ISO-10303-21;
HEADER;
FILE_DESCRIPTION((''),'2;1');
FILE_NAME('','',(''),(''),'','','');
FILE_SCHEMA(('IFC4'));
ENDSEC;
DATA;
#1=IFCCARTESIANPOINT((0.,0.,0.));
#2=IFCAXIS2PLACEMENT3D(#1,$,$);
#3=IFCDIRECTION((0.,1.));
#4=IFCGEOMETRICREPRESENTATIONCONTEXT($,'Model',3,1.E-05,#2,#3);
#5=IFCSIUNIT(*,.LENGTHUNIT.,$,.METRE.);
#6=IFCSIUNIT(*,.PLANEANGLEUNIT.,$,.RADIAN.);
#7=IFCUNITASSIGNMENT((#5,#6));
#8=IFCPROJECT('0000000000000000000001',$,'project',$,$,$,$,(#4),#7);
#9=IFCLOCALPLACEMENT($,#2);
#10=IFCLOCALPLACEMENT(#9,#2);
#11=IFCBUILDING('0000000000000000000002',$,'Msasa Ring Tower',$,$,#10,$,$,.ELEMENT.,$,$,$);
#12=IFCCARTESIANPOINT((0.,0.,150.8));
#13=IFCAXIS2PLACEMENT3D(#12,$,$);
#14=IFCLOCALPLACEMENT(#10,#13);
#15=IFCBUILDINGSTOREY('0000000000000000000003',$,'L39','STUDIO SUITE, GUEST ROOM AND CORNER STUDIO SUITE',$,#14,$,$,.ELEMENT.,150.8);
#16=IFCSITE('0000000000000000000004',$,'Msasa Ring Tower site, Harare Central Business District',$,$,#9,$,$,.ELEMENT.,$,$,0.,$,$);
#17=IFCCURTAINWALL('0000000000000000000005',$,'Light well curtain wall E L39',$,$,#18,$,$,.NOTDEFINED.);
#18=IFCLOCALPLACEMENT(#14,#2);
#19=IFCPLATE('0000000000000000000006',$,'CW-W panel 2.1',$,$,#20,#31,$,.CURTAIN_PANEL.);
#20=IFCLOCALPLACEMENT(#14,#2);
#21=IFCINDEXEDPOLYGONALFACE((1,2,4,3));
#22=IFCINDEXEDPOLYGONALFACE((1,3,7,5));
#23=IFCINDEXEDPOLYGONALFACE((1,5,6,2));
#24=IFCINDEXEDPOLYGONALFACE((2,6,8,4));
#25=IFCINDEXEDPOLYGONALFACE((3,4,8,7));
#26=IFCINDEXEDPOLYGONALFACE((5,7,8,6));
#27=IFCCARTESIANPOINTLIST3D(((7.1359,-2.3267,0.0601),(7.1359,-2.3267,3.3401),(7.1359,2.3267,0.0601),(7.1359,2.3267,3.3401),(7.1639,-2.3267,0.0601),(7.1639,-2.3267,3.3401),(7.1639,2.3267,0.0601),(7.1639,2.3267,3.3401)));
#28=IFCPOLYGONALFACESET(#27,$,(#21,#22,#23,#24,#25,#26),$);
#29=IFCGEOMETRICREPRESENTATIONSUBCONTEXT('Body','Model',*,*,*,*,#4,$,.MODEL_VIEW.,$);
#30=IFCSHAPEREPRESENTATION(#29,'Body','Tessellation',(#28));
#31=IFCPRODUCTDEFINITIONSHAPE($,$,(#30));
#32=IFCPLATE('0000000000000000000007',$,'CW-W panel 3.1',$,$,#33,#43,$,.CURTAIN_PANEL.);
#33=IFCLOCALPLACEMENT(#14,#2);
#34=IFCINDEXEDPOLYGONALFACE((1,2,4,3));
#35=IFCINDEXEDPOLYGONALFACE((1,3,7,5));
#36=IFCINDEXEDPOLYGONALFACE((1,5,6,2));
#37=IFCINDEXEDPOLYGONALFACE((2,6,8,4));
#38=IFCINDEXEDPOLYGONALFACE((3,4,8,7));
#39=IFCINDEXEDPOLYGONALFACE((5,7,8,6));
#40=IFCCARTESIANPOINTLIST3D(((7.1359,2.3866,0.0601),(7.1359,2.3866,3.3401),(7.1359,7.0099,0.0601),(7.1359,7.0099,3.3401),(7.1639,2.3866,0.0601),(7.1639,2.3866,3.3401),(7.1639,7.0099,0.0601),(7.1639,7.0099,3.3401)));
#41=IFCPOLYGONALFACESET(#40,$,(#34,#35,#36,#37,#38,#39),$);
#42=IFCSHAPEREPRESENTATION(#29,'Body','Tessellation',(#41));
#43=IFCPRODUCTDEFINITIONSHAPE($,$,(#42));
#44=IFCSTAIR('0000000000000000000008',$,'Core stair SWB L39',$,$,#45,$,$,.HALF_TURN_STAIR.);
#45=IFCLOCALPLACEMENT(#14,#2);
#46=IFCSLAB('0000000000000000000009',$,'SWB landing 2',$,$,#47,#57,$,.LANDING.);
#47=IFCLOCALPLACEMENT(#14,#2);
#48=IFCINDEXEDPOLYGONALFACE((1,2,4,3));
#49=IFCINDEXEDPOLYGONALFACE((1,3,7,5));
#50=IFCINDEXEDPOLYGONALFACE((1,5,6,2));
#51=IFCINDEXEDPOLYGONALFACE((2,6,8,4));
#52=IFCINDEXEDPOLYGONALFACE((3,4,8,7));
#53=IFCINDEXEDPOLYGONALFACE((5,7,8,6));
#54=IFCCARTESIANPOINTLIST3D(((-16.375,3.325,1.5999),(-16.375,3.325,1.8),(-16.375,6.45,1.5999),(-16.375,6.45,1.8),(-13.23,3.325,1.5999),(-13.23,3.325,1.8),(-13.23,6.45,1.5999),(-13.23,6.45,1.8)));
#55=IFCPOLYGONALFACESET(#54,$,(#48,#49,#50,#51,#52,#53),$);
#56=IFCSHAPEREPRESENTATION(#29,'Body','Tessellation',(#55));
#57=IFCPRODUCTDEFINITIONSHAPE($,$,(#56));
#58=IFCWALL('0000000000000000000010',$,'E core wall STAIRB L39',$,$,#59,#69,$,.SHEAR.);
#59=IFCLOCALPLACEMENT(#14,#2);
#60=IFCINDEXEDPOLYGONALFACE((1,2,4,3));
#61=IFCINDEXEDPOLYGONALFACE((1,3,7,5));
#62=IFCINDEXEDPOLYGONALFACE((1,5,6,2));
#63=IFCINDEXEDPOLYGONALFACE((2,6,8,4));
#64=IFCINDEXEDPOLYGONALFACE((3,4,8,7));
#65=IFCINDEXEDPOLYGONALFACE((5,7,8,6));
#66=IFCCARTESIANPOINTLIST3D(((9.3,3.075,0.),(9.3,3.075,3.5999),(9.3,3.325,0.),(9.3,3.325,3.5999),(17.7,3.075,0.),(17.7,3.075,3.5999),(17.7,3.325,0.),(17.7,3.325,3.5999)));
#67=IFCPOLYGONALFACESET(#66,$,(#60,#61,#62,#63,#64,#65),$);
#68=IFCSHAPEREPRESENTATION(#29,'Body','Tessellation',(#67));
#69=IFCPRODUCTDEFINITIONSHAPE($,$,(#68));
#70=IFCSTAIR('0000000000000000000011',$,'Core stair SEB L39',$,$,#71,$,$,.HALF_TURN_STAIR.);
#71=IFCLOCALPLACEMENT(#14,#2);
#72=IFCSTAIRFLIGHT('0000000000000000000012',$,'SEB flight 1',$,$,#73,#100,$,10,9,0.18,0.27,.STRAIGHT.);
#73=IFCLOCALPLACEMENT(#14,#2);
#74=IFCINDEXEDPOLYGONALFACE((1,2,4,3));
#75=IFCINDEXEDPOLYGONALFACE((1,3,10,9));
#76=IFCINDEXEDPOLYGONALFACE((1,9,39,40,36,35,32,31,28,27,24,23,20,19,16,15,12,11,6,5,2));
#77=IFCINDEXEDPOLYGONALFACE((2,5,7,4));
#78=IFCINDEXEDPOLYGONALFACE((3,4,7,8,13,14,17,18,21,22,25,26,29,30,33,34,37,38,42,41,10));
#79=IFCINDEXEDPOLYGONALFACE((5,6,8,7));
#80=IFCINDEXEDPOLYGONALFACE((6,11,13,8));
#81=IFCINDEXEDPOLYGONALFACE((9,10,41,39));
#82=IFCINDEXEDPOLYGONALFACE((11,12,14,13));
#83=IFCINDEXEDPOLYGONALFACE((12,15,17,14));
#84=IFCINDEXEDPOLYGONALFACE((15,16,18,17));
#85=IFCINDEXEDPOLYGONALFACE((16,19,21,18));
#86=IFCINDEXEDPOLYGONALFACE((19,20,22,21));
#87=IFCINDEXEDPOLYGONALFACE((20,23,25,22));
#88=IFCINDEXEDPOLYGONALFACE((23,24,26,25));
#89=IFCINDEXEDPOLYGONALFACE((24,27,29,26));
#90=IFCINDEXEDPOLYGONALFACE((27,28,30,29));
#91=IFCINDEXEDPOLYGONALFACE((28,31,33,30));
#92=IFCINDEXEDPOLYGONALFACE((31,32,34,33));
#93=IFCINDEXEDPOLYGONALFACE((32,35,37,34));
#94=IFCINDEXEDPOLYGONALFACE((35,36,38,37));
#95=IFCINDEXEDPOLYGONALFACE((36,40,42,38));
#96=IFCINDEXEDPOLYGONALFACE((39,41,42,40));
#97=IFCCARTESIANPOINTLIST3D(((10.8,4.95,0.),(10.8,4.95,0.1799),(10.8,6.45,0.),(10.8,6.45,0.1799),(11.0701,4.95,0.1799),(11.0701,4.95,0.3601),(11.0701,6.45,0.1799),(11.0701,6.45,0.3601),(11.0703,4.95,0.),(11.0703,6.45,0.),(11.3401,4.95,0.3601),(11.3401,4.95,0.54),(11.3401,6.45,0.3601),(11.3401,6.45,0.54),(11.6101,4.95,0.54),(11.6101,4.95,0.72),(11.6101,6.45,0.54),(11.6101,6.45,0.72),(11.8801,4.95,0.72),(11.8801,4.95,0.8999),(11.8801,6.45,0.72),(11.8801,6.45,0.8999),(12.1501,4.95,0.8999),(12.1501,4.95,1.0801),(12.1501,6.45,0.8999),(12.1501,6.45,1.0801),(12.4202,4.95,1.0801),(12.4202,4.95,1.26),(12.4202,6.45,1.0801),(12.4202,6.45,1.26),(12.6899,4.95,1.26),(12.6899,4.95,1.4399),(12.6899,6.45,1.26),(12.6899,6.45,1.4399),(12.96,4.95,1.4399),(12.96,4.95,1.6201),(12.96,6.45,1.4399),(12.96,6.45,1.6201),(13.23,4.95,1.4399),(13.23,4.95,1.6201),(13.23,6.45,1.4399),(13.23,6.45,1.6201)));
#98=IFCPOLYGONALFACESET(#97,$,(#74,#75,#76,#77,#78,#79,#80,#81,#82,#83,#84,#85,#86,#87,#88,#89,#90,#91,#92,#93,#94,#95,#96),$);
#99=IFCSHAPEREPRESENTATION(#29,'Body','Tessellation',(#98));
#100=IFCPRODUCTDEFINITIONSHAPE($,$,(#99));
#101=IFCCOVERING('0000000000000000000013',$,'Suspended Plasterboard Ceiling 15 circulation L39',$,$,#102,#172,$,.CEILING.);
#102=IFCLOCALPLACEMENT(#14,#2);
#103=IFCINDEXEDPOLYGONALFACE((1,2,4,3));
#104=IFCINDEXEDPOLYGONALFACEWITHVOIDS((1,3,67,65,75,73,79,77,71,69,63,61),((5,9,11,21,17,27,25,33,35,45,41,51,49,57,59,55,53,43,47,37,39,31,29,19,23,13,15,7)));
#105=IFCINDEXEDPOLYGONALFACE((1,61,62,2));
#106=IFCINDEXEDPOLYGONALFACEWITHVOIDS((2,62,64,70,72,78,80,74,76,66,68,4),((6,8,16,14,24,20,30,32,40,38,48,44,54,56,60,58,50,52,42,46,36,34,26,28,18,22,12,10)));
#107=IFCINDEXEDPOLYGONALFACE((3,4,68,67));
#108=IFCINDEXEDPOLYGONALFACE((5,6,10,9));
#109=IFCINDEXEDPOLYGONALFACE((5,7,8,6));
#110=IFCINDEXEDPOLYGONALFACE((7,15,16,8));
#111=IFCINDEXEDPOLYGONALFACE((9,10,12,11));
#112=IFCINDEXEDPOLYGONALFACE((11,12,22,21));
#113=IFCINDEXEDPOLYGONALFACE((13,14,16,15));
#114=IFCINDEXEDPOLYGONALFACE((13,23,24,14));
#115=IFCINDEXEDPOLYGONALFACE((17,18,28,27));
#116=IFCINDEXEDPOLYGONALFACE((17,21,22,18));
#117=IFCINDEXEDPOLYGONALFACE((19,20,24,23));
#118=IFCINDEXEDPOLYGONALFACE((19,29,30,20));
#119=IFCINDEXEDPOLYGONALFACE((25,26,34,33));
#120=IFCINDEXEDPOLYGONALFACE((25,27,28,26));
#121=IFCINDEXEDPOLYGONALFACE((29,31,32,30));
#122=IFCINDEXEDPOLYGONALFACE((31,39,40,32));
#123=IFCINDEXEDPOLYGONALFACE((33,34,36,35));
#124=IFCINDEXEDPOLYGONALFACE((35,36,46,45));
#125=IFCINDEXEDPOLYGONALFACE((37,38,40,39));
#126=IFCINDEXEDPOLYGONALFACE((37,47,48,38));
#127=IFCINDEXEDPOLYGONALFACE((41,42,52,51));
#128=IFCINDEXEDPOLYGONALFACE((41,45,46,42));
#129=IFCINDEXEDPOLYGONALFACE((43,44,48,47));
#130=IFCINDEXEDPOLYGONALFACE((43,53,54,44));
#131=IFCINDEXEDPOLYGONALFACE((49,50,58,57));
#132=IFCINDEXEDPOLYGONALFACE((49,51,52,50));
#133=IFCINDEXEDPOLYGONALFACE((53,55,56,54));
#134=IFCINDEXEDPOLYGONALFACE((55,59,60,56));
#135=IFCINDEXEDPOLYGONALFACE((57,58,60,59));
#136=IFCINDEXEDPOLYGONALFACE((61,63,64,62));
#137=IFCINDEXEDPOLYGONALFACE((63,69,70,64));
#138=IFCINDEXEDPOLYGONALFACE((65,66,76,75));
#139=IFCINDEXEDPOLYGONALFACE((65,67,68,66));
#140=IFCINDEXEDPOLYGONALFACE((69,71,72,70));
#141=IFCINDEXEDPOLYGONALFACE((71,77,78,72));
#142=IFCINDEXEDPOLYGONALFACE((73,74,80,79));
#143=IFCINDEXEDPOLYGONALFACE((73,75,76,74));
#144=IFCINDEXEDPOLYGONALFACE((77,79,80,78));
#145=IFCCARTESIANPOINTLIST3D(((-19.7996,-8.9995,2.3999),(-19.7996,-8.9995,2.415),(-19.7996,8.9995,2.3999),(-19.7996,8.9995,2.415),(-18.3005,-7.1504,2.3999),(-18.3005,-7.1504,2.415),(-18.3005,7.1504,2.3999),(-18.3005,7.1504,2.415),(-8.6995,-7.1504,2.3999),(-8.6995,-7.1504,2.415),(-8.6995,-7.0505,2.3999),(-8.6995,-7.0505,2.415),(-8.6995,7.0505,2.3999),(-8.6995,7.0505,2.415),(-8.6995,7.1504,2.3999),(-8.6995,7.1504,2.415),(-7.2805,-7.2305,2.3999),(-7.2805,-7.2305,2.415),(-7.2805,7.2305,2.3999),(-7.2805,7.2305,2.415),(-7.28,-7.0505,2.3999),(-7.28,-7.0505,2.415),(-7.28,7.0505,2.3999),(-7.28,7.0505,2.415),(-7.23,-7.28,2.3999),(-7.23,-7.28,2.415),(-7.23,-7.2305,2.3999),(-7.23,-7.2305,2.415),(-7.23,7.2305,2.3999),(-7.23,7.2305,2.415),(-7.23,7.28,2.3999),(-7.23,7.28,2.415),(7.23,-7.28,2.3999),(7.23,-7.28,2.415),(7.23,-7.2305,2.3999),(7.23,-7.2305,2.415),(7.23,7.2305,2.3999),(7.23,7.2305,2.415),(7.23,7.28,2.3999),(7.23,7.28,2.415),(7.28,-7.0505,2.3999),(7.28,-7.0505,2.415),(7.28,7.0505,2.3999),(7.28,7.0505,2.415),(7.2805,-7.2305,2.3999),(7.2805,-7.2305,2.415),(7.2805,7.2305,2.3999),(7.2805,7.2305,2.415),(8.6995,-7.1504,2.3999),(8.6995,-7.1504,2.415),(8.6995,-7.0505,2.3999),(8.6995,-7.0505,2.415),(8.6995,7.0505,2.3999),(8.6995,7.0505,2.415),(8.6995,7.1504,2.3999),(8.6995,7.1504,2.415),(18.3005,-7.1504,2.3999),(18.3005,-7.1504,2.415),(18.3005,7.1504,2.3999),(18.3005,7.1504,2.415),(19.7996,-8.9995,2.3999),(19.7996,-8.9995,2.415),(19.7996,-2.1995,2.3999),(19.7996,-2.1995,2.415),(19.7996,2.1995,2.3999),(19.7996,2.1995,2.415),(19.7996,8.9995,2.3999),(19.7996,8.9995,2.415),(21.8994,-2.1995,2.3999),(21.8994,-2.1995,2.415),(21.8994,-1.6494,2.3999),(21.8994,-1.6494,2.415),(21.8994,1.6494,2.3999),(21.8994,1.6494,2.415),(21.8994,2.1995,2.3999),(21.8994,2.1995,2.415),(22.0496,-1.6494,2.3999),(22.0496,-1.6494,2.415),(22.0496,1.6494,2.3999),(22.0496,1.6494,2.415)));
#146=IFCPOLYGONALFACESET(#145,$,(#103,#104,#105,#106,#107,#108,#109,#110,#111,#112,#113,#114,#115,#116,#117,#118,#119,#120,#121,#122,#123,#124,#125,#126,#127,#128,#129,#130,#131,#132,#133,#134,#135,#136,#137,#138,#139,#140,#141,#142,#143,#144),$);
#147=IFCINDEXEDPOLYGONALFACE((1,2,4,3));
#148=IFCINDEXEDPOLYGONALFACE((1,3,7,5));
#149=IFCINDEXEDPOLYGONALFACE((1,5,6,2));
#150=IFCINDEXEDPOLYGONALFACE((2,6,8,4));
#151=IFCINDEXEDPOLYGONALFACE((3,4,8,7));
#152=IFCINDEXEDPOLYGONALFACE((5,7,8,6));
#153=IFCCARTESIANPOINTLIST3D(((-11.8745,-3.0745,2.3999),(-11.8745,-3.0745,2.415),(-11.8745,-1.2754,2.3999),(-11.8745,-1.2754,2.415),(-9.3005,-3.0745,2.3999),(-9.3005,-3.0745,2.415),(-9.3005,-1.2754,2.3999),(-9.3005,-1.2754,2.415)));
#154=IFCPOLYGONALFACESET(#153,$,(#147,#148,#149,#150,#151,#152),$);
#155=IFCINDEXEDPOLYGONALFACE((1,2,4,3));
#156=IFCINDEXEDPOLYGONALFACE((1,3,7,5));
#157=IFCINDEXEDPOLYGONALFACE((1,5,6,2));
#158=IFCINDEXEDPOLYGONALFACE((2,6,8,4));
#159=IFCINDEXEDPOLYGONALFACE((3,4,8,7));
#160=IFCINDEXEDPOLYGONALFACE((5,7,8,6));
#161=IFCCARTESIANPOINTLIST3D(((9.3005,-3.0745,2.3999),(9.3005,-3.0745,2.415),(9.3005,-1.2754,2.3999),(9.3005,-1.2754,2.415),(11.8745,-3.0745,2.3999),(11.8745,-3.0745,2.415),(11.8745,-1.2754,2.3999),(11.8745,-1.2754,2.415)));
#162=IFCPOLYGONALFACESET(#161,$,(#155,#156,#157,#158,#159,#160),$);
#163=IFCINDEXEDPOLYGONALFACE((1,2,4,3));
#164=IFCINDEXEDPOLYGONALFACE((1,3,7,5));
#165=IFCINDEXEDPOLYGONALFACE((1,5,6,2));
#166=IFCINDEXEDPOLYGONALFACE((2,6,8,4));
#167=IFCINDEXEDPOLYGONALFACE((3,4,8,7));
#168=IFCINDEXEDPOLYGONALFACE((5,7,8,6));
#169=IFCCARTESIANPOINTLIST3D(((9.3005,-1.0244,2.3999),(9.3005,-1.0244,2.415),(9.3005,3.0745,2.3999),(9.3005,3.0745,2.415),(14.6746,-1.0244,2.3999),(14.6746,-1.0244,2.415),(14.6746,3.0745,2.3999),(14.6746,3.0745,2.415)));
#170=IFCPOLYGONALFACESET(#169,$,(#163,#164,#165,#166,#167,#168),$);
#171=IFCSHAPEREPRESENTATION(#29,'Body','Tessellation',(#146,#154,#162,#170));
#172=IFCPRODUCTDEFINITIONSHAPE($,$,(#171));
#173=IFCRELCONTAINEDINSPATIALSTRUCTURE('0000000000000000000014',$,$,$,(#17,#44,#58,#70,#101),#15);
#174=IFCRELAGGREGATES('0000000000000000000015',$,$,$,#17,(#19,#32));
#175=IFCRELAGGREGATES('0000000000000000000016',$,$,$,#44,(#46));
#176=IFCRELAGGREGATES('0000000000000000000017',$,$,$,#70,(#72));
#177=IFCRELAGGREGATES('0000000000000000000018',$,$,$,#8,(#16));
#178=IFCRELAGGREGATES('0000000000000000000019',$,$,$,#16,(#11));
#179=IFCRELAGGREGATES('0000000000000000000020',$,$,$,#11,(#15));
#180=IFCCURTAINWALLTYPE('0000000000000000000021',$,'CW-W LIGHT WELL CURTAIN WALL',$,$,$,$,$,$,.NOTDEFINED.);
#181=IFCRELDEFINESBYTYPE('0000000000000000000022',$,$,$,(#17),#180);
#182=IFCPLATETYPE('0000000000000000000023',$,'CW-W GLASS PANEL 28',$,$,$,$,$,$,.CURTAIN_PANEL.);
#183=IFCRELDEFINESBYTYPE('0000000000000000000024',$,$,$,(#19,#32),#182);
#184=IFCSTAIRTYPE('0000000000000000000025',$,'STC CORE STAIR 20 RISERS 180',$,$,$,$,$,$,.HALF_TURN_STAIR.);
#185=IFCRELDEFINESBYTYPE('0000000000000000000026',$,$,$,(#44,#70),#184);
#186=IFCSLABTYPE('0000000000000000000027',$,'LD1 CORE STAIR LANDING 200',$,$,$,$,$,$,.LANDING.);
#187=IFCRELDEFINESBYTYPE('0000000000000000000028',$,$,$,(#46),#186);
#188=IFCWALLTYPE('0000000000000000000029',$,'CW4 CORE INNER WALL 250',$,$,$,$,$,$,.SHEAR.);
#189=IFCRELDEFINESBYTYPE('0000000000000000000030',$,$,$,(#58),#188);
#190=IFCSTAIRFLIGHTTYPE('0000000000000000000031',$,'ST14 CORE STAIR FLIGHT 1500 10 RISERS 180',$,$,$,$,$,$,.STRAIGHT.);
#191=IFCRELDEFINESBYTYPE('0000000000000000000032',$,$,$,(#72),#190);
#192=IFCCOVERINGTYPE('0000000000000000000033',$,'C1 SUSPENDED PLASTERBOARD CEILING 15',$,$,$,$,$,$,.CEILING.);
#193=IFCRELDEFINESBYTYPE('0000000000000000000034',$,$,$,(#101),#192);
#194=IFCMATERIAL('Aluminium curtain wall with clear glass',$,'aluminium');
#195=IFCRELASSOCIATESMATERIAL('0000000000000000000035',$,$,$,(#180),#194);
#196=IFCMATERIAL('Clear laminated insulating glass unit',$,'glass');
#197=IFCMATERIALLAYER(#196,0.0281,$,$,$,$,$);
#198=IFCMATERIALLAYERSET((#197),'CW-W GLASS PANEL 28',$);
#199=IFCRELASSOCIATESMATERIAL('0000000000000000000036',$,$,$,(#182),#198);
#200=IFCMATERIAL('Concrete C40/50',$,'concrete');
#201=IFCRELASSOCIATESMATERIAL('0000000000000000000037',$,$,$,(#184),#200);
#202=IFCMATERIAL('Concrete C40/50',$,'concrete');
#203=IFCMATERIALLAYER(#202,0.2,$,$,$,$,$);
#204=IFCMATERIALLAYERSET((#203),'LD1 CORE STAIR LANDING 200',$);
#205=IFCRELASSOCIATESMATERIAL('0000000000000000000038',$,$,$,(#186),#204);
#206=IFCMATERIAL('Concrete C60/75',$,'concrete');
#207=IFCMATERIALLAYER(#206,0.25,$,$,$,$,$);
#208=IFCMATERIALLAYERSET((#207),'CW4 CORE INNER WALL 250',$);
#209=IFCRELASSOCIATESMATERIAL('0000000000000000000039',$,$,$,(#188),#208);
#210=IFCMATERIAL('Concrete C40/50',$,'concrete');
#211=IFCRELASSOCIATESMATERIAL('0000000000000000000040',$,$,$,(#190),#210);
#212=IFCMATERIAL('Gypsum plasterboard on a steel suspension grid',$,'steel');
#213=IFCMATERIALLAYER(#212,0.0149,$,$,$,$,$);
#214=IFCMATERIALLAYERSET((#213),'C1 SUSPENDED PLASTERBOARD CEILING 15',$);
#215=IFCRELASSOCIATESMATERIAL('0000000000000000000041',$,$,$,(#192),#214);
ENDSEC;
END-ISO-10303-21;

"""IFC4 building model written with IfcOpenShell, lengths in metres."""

from ifc_helpers import new_model, si_unit, direction, frame, frame_2d, origin, origin_2d, place, context, subcontext, project, spatial, polyline, line, indexed_curve, rectangle, outline, extrude, material, layer, layer_set, type_object, element, aggregate, save


model = new_model("IFC4")

# Units and contexts
model_context = context("Model", 3, precision=1e-05, world=origin(), true_north=direction((0.0, 1.0)))
body_context = subcontext(model_context, "Body", "Model", "MODEL_VIEW")
ifc_project = project(units=[si_unit("LENGTHUNIT", "METRE"), si_unit("PLANEANGLEUNIT", "RADIAN")], contexts=[model_context])

# Site, building, storey
site_placement = place(None, origin())
site = spatial("IfcSite", under=ifc_project, at=site_placement, Name="Msasa Ring Tower site, Harare Central Business District", CompositionType="ELEMENT", RefElevation=0.0)
building_placement = place(site_placement, origin())
building = spatial("IfcBuilding", under=site, at=building_placement, Name="Msasa Ring Tower", CompositionType="ELEMENT")
storey_placement = place(building_placement, frame((0.0, 0.0, 150.8)))
storey = spatial("IfcBuildingStorey", under=building, at=storey_placement, Name="L39", Description="STUDIO SUITE, GUEST ROOM AND CORNER STUDIO SUITE", CompositionType="ELEMENT", Elevation=150.8)

# Curtain wall
ifc_material_1 = material(Name="Aluminium curtain wall with clear glass", Category="aluminium")
curtain_wall_type = type_object("IfcCurtainWallType", Name="CW-W LIGHT WELL CURTAIN WALL", PredefinedType="NOTDEFINED", material=ifc_material_1)
curtain_wall_placement = place(storey_placement, origin())
curtain_wall = element("IfcCurtainWall", 1, at=curtain_wall_placement, inside=storey, type_object=curtain_wall_type, Name="Light well curtain wall E L39", PredefinedType="NOTDEFINED")

# Plates
ifc_material_2 = material(Name="Clear laminated insulating glass unit", Category="glass")
ifc_layer_1 = layer(ifc_material_2, 0.0281)
ifc_layer_set_1 = layer_set([ifc_layer_1], Name="CW-W GLASS PANEL 28")
plate_type = type_object("IfcPlateType", Name="CW-W GLASS PANEL 28", PredefinedType="CURTAIN_PANEL", material=ifc_layer_set_1)
plate_1_placement = place(storey_placement, frame((7.1499, 0.0, 0.0601), z_axis=(0.0, 0.0, 1.0), x_axis=(0.0, 1.0, 0.0)))
plate_1 = element("IfcPlate", 2, at=plate_1_placement, type_object=plate_type, Name="CW-W panel 2.1", PredefinedType="CURTAIN_PANEL", context=body_context, shape_type="SweptSolid", body=[
    extrude(rectangle(XDim=4.6533, YDim=0.0281, at=origin_2d()), origin(), (0.0, 0.0, 1.0), 3.28),
])
plate_2_placement = place(storey_placement, frame((7.1499, 4.6982, 0.0601), z_axis=(0.0, 0.0, 1.0), x_axis=(0.0, 1.0, 0.0)))
plate_2 = element("IfcPlate", 3, at=plate_2_placement, type_object=plate_type, Name="CW-W panel 3.1", PredefinedType="CURTAIN_PANEL", context=body_context, shape_type="SweptSolid", body=[
    extrude(rectangle(XDim=4.6233, YDim=0.0281, at=origin_2d()), origin(), (0.0, 0.0, 1.0), 3.28),
])
aggregate(curtain_wall, [plate_1, plate_2])

# Stair, slab
ifc_material_3 = material(Name="Concrete C40/50", Category="concrete")
stair_type = type_object("IfcStairType", Name="STC CORE STAIR 20 RISERS 180", PredefinedType="HALF_TURN_STAIR", material=ifc_material_3)
stair_1_placement = place(storey_placement, origin())
stair_1 = element("IfcStair", 4, at=stair_1_placement, inside=storey, type_object=stair_type, Name="Core stair SWB L39", PredefinedType="HALF_TURN_STAIR")
ifc_material_4 = material(Name="Concrete C40/50", Category="concrete")
ifc_layer_2 = layer(ifc_material_4, 0.2)
ifc_layer_set_2 = layer_set([ifc_layer_2], Name="LD1 CORE STAIR LANDING 200")
slab_type = type_object("IfcSlabType", Name="LD1 CORE STAIR LANDING 200", PredefinedType="LANDING", material=ifc_layer_set_2)
slab_placement = place(storey_placement, frame((0.0, 0.0, 1.5999)))
slab = element("IfcSlab", 5, at=slab_placement, type_object=slab_type, Name="SWB landing 2", PredefinedType="LANDING", context=body_context, shape_type="SweptSolid", body=[
    extrude(outline(polyline([(-16.375, 3.325), (-13.23, 3.325), (-13.23, 6.45), (-16.375, 6.45), (-16.375, 3.325)])), origin(), (0.0, 0.0, 1.0), 0.2002),
])
aggregate(stair_1, [slab])

# Wall
ifc_material_5 = material(Name="Concrete C60/75", Category="concrete")
ifc_layer_3 = layer(ifc_material_5, 0.25)
ifc_layer_set_3 = layer_set([ifc_layer_3], Name="CW4 CORE INNER WALL 250")
wall_type = type_object("IfcWallType", Name="CW4 CORE INNER WALL 250", PredefinedType="SHEAR", material=ifc_layer_set_3)
wall_placement = place(storey_placement, frame((9.3, 3.2, 0.0), z_axis=(0.0, 0.0, 1.0), x_axis=(1.0, 0.0, 0.0)))
element("IfcWall", 6, at=wall_placement, inside=storey, type_object=wall_type, Name="E core wall STAIRB L39", PredefinedType="SHEAR", context=body_context, shape_type="SweptSolid", body=[
    extrude(rectangle(XDim=8.3999, YDim=0.25, at=frame_2d((4.2, 0.0))), origin(), (0.0, 0.0, 1.0), 3.5999),
])

# Stair, stair flight
stair_2_placement = place(storey_placement, origin())
stair_2 = element("IfcStair", 7, at=stair_2_placement, inside=storey, type_object=stair_type, Name="Core stair SEB L39", PredefinedType="HALF_TURN_STAIR")
ifc_material_6 = material(Name="Concrete C40/50", Category="concrete")
stair_flight_type = type_object("IfcStairFlightType", Name="ST14 CORE STAIR FLIGHT 1500 10 RISERS 180", PredefinedType="STRAIGHT", material=ifc_material_6)
stair_flight_placement = place(storey_placement, frame((10.8, 5.7, 0.0), z_axis=(0.0, 0.0, 1.0), x_axis=(1.0, 0.0, 0.0)))
stair_flight = element("IfcStairFlight", 8, at=stair_flight_placement, type_object=stair_flight_type, Name="SEB flight 1", NumberOfRisers=10, NumberOfTreads=9, PredefinedType="STRAIGHT", RiserHeight=0.18, TreadLength=0.27, context=body_context, shape_type="SweptSolid", body=[
    extrude(outline(polyline([(0.0, 0.0), (0.0, 0.1799), (0.27, 0.1799), (0.27, 0.3601), (0.54, 0.3601), (0.54, 0.54), (0.8101, 0.54), (0.8101, 0.72), (1.0801, 0.72), (1.0801, 0.8999), (1.3501, 0.8999), (1.3501, 1.0801), (1.6201, 1.0801), (1.6201, 1.26), (1.8899, 1.26), (1.8899, 1.4399), (2.1599, 1.4399), (2.1599, 1.6201), (2.4299, 1.6201), (2.4299, 1.8), (2.4299, 1.4399), (0.2703, 0.0), (0.0, 0.0)])), frame((0.0, 0.75, 0.0), z_axis=(0.0, -1.0, 0.0), x_axis=(1.0, 0.0, 0.0)), (0.0, 0.0, 1.0), 1.5),
])
aggregate(stair_2, [stair_flight])

# Covering
ifc_material_7 = material(Name="Gypsum plasterboard on a steel suspension grid", Category="steel")
ifc_layer_4 = layer(ifc_material_7, 0.0149)
ifc_layer_set_4 = layer_set([ifc_layer_4], Name="C1 SUSPENDED PLASTERBOARD CEILING 15")
covering_type_1 = type_object("IfcCoveringType", Name="C1 SUSPENDED PLASTERBOARD CEILING 15", PredefinedType="CEILING", material=ifc_layer_set_4)
covering_1_placement = place(storey_placement, frame((0.0, 0.0, 2.3999)))
element("IfcCovering", 9, at=covering_1_placement, inside=storey, type_object=covering_type_1, Name="Suspended Plasterboard Ceiling 15 circulation L39", PredefinedType="CEILING", context=body_context, shape_type="SweptSolid", body=[
    extrude(outline(indexed_curve([(19.7996, 2.1995), (21.8994, 2.1995), (21.8994, 1.6494), (22.0496, 1.6494), (22.0496, -1.6494), (21.8994, -1.6494), (21.8994, -2.1995), (19.7996, -2.1995), (19.7996, -8.9995), (-19.7996, -8.9995), (-19.7996, 8.9995), (19.7996, 8.9995)], segments=[line(1, 2, 3, 4, 5, 6, 7, 8, 9, 10, 11, 12, 1)], self_intersect=False), holes=[indexed_curve([(8.6995, -7.1504), (18.3005, -7.1504), (18.3005, 7.1504), (8.6995, 7.1504), (8.6995, 7.0505), (7.28, 7.0505), (7.2805, 7.2305), (7.23, 7.2305), (7.23, 7.28), (-7.23, 7.28), (-7.23, 7.2305), (-7.2805, 7.2305), (-7.28, 7.0505), (-8.6995, 7.0505), (-8.6995, 7.1504), (-18.3005, 7.1504), (-18.3005, -7.1504), (-8.6995, -7.1504), (-8.6995, -7.0505), (-7.28, -7.0505), (-7.2805, -7.2305), (-7.23, -7.2305), (-7.23, -7.28), (7.23, -7.28), (7.23, -7.2305), (7.2805, -7.2305), (7.28, -7.0505), (8.6995, -7.0505)], segments=[line(1, 2, 3, 4, 5, 6, 7, 8, 9, 10, 11, 12, 13, 14, 15, 16, 17, 18, 19, 20, 21, 22, 23, 24, 25, 26, 27, 28, 1)], self_intersect=False)]), origin(), (0.0, 0.0, 1.0), 0.0151),
    extrude(outline(indexed_curve([(-9.3005, -3.0745), (-11.8745, -3.0745), (-11.8745, -1.2754), (-9.3005, -1.2754)], segments=[line(1, 2, 3, 4, 1)], self_intersect=False)), origin(), (0.0, 0.0, 1.0), 0.0151),
    extrude(outline(indexed_curve([(11.8745, -3.0745), (9.3005, -3.0745), (9.3005, -1.2754), (11.8745, -1.2754)], segments=[line(1, 2, 3, 4, 1)], self_intersect=False)), origin(), (0.0, 0.0, 1.0), 0.0151),
    extrude(outline(indexed_curve([(14.6746, -1.0244), (9.3005, -1.0244), (9.3005, 3.0745), (14.6746, 3.0745)], segments=[line(1, 2, 3, 4, 1)], self_intersect=False)), origin(), (0.0, 0.0, 1.0), 0.0151),
])

save(model, "model.ifc")
